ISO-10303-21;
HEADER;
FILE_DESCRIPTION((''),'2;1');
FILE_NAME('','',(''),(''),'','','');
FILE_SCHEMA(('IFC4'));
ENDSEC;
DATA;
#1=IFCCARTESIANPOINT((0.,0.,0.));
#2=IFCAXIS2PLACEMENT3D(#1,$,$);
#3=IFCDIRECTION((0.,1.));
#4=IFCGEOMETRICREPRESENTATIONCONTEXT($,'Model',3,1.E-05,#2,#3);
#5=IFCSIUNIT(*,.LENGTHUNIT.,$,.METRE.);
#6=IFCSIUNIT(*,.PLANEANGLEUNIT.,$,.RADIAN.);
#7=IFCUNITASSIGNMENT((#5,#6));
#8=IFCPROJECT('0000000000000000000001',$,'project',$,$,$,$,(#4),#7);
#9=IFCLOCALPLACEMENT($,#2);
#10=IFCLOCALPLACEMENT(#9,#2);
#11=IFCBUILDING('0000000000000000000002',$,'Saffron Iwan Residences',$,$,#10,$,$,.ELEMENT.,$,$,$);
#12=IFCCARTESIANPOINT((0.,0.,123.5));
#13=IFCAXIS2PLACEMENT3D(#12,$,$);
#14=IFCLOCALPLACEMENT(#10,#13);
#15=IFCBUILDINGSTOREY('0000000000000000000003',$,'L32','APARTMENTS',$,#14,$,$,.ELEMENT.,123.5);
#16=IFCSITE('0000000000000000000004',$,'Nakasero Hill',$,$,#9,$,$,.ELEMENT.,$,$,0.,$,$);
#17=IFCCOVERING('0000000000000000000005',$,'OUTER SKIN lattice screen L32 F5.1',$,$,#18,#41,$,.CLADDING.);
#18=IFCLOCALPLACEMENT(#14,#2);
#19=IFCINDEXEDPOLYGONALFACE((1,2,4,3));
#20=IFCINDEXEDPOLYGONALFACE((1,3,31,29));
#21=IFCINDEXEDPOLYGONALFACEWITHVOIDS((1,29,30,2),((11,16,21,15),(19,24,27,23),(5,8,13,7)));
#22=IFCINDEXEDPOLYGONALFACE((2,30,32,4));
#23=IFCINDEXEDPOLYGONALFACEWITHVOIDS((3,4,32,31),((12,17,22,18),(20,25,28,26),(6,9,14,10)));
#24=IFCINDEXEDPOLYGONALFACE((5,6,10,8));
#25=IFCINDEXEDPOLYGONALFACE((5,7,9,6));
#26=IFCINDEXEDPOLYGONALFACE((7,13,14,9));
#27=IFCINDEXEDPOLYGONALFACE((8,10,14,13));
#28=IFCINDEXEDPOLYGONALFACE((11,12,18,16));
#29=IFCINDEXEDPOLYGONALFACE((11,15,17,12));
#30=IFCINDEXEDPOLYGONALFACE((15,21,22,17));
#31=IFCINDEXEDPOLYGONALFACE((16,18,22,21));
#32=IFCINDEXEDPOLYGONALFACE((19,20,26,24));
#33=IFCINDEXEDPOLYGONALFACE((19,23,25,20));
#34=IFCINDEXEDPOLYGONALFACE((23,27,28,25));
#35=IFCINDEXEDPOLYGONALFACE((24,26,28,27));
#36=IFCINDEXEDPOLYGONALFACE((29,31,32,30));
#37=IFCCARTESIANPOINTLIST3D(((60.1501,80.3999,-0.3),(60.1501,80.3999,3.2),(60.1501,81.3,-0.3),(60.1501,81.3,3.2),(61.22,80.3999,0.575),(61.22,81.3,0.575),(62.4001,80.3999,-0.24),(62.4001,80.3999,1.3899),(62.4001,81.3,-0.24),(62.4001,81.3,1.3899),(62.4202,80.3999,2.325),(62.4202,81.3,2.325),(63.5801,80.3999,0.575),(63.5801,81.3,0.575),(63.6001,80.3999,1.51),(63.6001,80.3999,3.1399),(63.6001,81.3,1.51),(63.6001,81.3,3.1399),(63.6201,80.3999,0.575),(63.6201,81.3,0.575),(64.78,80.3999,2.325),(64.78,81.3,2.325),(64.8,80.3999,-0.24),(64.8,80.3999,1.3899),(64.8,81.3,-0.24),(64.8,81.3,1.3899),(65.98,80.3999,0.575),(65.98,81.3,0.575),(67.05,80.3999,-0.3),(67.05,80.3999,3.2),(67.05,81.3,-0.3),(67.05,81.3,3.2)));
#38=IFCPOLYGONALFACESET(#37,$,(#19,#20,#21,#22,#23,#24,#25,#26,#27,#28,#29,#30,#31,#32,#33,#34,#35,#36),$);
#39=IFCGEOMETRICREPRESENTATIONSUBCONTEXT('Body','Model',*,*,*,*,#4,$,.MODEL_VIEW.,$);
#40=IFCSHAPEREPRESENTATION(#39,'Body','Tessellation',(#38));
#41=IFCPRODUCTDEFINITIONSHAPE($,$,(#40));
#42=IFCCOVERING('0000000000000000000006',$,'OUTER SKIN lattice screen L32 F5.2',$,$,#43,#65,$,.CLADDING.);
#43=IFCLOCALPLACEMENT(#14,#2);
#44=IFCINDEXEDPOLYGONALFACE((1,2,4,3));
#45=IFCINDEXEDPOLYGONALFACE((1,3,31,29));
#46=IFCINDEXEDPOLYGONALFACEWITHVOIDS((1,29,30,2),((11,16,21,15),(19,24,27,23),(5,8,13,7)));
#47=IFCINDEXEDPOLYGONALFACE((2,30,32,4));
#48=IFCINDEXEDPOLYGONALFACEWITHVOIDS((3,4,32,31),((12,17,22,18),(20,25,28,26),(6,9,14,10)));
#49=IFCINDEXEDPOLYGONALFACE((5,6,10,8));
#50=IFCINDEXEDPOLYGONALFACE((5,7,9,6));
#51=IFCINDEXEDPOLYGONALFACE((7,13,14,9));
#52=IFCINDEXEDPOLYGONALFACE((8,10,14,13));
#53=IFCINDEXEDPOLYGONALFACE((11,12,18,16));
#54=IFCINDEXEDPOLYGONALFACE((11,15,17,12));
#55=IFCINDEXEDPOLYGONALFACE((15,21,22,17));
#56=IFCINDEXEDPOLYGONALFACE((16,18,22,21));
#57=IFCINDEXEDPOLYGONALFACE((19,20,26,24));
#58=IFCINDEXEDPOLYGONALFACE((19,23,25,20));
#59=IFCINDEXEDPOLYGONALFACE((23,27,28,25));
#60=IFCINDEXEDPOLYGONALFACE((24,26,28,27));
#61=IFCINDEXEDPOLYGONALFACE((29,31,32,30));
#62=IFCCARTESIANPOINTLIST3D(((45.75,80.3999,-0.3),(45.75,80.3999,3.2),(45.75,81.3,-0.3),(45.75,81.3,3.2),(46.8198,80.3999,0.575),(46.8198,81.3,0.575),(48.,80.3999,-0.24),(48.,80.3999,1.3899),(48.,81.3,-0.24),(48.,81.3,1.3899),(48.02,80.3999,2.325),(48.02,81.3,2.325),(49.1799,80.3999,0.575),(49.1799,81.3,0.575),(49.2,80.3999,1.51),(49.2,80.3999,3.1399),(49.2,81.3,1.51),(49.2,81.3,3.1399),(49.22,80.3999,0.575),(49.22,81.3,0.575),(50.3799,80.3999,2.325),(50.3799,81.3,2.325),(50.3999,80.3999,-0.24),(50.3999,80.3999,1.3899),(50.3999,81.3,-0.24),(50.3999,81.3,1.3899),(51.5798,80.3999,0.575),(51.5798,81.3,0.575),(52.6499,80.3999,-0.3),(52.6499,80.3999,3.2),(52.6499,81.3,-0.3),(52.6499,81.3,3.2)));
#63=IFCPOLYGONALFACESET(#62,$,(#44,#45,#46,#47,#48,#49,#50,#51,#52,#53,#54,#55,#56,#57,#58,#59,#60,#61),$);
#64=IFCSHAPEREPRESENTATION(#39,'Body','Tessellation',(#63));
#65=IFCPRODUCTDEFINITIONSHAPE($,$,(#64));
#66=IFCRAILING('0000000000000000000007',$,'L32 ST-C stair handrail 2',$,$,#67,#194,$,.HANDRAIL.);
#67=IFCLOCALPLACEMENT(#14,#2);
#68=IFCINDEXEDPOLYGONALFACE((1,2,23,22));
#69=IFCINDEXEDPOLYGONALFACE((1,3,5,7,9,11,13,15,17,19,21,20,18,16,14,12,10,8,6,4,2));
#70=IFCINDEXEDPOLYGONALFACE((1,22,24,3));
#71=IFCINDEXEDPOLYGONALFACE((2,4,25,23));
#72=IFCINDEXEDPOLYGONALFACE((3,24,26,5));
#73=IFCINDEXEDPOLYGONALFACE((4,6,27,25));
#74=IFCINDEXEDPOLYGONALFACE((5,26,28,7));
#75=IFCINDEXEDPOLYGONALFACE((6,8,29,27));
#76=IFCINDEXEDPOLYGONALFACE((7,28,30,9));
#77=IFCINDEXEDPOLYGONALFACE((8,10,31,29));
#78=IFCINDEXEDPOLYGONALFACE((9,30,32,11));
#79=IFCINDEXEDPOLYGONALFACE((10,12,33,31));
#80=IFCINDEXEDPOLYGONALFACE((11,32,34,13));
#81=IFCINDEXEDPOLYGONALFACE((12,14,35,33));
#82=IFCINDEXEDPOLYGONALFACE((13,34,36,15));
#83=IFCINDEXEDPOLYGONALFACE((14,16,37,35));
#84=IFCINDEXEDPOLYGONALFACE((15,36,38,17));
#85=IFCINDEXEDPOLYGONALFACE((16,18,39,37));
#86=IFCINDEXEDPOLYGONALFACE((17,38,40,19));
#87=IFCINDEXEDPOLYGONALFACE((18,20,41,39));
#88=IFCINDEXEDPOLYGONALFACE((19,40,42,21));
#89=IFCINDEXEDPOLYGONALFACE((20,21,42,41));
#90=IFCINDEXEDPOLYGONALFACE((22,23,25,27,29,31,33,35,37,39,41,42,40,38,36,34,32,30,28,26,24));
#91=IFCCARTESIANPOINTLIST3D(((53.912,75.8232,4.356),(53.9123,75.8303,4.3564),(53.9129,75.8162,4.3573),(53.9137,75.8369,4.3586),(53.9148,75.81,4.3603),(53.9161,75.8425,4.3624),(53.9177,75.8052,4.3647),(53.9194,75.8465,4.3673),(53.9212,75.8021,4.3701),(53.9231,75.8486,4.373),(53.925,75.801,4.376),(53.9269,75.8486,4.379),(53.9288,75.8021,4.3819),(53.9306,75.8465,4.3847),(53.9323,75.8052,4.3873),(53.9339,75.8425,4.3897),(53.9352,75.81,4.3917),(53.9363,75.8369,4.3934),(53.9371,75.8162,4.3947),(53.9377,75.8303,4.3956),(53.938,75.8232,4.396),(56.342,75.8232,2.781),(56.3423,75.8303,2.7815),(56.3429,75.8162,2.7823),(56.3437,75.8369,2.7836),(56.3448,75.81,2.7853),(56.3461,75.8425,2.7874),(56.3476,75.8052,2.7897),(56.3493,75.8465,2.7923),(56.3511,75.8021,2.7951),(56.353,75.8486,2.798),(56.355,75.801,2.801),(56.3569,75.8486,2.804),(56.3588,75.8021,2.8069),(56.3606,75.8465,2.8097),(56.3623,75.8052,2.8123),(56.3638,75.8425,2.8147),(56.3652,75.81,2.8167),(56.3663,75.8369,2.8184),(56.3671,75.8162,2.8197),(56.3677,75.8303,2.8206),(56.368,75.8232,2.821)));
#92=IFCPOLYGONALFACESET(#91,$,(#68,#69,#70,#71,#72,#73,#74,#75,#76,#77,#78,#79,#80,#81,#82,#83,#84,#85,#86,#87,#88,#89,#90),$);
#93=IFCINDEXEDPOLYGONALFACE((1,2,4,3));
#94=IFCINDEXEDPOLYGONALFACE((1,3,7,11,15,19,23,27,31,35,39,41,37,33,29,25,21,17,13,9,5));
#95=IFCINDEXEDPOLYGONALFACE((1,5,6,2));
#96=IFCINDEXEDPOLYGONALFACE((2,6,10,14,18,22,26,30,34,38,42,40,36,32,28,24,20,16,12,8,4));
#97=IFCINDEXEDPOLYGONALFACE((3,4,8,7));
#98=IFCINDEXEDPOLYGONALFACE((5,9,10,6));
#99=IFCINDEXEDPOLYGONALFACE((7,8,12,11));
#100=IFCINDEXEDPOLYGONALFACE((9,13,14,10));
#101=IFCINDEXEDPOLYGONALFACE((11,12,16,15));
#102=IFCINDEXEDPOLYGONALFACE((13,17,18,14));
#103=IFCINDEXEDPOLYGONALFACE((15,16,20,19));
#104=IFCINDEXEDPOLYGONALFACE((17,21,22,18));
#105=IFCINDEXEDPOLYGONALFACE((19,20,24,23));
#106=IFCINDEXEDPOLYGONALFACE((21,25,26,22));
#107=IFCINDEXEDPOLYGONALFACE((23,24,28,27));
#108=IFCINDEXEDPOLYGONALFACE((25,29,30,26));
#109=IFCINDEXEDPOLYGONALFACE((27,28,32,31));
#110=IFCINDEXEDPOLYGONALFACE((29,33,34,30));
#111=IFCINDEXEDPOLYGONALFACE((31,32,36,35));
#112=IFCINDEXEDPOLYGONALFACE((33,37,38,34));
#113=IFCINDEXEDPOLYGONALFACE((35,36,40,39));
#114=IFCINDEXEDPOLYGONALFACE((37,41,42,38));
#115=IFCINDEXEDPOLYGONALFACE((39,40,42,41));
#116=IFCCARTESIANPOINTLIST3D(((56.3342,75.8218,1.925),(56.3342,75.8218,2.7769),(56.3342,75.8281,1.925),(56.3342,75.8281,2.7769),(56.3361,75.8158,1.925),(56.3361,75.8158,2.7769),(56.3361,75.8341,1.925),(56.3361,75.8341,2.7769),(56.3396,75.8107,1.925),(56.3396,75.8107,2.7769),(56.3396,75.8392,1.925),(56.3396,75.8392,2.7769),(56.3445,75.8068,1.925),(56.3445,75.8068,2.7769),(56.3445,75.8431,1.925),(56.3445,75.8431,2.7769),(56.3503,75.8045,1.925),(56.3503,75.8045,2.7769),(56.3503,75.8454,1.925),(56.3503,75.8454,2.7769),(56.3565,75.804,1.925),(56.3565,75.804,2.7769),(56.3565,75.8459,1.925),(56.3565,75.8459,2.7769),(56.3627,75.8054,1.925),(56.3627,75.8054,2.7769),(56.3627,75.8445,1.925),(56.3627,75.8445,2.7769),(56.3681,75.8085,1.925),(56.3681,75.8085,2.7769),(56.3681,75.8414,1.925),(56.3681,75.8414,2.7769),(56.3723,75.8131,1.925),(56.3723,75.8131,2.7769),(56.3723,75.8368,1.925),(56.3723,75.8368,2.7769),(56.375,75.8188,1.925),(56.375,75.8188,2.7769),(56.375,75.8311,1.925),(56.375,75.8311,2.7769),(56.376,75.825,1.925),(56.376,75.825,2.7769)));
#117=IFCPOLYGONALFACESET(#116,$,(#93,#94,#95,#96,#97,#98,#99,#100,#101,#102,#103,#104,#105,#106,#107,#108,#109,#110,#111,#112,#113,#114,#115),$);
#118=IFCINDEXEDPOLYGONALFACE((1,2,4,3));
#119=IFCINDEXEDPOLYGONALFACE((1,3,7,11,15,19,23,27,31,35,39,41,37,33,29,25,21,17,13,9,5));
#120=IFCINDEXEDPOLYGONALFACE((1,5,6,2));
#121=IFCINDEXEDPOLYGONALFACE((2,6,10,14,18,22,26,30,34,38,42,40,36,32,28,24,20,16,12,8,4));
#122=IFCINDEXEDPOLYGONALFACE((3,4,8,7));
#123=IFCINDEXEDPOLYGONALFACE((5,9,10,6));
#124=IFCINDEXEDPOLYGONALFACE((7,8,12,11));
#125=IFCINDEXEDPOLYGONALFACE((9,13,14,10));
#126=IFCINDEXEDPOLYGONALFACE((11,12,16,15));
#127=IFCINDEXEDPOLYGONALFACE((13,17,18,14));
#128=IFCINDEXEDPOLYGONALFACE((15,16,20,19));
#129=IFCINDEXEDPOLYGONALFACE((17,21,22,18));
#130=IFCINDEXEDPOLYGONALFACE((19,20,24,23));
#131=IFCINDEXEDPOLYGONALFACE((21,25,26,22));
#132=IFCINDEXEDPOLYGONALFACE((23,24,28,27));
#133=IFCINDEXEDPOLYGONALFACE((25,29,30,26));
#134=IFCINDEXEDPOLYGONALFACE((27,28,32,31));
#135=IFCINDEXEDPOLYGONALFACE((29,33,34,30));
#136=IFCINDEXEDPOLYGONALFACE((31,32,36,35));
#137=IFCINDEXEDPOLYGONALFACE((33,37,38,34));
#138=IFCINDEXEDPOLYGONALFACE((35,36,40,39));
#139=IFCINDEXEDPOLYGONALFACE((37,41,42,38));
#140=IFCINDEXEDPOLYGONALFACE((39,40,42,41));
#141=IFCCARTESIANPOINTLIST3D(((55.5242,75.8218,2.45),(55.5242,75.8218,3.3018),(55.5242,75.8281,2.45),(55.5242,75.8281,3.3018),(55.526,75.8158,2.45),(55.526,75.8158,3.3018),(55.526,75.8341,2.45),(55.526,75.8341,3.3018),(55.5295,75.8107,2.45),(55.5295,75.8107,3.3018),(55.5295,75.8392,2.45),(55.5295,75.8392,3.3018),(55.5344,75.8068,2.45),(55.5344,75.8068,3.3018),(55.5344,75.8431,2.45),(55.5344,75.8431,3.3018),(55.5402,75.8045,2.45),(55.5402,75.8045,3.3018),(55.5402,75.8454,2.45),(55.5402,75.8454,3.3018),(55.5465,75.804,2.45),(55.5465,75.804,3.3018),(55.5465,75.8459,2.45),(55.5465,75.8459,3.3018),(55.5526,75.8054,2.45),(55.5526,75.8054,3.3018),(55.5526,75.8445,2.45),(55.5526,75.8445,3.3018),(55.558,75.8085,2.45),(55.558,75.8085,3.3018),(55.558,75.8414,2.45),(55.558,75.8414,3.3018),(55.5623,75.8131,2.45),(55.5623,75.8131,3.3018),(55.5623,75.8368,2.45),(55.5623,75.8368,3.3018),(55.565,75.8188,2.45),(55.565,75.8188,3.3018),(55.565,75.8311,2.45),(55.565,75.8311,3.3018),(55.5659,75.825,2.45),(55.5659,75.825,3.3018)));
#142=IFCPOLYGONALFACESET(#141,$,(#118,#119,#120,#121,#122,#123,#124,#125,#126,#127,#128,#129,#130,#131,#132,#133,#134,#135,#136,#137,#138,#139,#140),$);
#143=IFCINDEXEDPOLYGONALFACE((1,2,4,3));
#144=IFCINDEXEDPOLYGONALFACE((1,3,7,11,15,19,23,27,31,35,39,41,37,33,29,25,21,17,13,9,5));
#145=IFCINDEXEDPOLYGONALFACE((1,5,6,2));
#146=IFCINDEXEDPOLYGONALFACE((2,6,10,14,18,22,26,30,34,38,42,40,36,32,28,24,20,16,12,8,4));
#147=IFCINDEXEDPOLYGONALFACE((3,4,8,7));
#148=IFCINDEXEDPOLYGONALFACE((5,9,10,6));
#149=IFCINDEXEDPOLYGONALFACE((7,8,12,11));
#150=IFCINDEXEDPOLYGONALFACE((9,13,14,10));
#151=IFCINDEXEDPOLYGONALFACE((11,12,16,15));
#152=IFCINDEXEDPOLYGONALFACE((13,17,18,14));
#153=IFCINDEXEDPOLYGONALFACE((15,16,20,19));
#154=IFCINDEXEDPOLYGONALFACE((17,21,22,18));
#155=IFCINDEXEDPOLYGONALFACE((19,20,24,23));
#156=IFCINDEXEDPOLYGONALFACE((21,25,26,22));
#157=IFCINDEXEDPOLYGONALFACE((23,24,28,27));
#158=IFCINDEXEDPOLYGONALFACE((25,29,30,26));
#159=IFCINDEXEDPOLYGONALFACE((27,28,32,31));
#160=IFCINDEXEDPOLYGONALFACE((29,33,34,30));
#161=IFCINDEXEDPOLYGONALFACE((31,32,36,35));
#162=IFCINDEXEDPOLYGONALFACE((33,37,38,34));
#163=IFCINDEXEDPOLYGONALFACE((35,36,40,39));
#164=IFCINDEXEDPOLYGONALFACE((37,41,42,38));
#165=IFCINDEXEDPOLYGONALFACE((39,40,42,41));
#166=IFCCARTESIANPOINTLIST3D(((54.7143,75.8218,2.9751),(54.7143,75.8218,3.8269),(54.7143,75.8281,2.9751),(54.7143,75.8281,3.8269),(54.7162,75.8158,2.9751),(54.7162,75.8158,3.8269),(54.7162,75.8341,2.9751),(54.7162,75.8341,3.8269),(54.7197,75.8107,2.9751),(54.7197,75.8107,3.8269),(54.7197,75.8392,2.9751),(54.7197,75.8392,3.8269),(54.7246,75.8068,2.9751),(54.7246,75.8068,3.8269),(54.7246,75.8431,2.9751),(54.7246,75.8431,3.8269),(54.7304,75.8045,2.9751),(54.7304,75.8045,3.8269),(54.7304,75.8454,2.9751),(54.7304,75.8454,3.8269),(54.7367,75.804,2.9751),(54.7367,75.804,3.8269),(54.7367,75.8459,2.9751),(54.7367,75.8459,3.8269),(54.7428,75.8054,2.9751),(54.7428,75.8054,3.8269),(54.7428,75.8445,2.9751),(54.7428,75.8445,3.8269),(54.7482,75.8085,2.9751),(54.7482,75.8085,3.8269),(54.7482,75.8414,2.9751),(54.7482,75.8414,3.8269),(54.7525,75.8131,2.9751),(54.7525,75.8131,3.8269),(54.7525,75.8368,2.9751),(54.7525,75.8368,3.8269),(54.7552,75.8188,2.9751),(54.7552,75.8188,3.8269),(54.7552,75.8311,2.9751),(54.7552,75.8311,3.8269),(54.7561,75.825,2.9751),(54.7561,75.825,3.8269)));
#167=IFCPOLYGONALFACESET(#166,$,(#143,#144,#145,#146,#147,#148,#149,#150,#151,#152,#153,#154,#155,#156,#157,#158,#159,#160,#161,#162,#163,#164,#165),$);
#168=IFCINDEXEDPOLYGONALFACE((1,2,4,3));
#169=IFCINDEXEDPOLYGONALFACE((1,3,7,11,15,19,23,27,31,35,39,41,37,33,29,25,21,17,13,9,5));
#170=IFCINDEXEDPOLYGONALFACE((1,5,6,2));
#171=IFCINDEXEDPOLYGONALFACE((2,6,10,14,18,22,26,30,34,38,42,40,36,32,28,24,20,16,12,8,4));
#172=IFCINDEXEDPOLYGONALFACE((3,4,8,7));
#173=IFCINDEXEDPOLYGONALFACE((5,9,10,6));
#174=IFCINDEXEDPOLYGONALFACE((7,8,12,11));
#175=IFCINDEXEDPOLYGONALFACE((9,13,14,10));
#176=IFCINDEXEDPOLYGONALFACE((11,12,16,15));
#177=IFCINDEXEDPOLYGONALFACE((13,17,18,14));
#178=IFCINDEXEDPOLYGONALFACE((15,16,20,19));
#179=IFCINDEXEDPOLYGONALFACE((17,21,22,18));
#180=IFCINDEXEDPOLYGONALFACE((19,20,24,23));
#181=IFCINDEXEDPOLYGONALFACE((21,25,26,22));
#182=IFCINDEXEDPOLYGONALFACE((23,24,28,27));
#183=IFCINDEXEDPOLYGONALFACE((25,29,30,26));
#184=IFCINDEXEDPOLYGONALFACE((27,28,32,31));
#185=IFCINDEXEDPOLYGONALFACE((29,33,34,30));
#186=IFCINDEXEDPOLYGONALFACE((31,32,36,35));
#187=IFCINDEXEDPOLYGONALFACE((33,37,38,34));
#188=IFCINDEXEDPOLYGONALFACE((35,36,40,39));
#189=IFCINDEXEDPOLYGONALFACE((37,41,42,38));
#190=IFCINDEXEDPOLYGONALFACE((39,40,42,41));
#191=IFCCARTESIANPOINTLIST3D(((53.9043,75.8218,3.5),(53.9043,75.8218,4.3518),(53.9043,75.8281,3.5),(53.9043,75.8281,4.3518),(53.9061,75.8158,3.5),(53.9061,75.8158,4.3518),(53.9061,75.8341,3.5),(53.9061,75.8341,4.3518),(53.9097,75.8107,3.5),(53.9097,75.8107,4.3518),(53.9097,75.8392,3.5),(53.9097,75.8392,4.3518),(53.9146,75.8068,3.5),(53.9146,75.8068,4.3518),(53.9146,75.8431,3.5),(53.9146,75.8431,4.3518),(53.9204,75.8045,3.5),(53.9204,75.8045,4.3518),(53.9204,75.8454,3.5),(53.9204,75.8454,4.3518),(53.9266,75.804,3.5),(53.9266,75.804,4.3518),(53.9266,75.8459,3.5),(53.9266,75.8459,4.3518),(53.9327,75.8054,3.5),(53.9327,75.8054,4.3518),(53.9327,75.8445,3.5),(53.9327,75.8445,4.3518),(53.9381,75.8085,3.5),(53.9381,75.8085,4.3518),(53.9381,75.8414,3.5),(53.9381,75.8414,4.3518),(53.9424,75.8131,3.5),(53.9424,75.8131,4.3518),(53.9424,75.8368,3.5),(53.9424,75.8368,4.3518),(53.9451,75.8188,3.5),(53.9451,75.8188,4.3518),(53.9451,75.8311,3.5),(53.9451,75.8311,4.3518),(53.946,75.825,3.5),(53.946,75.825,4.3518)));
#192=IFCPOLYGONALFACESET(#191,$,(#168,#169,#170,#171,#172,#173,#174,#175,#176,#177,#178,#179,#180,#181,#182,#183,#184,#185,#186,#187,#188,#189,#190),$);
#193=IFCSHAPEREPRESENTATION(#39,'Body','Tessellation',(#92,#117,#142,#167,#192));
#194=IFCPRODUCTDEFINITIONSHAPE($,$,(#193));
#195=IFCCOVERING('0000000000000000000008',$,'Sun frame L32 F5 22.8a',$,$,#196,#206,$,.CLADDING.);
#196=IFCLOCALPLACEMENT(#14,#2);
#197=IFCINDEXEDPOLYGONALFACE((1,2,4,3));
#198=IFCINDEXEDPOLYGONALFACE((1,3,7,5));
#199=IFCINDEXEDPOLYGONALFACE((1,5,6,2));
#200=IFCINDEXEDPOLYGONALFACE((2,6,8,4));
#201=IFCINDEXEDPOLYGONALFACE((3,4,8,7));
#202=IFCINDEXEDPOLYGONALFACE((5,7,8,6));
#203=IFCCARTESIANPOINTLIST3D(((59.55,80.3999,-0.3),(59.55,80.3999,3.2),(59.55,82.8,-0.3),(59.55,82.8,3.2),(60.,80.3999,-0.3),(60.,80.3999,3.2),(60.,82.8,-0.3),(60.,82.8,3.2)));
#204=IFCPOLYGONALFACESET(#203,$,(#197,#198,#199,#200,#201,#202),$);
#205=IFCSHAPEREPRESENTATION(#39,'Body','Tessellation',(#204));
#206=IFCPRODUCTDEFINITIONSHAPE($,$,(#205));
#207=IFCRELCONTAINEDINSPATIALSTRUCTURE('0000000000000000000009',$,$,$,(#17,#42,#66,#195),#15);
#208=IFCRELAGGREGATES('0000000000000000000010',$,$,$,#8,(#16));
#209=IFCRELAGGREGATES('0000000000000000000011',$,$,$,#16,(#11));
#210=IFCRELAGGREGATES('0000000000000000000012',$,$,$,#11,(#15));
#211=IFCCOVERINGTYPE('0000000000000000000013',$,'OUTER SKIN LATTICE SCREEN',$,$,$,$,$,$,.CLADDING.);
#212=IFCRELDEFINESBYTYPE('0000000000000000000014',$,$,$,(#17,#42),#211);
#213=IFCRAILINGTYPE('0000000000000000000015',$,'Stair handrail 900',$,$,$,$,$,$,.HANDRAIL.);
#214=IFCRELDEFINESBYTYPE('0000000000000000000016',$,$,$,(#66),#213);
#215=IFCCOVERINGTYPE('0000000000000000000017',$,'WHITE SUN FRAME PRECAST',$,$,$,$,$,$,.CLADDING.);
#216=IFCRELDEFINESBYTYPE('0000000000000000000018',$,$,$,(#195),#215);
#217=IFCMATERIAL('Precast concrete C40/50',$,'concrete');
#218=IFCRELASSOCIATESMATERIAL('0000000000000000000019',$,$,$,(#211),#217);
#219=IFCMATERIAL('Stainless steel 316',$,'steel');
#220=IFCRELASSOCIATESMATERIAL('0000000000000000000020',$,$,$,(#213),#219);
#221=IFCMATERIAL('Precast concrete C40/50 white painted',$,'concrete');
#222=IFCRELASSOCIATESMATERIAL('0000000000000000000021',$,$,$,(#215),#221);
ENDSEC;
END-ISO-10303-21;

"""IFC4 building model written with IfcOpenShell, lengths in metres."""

from ifc_helpers import new_model, si_unit, direction, frame, origin, origin_2d, place, context, subcontext, project, spatial, polyline, circle, outline, extrude, material, type_object, element, save


model = new_model("IFC4")

# Units and contexts
model_context = context("Model", 3, precision=1e-05, world=origin(), true_north=direction((0.0, 1.0)))
body_context = subcontext(model_context, "Body", "Model", "MODEL_VIEW")
ifc_project = project(units=[si_unit("LENGTHUNIT", "METRE"), si_unit("PLANEANGLEUNIT", "RADIAN")], contexts=[model_context])

# Site, building, storey
site_placement = place(None, origin())
site = spatial("IfcSite", under=ifc_project, at=site_placement, Name="Nakasero Hill", CompositionType="ELEMENT", RefElevation=0.0)
building_placement = place(site_placement, origin())
building = spatial("IfcBuilding", under=site, at=building_placement, Name="Saffron Iwan Residences", CompositionType="ELEMENT")
storey_placement = place(building_placement, frame((0.0, 0.0, 123.5)))
storey = spatial("IfcBuildingStorey", under=building, at=storey_placement, Name="L32", Description="APARTMENTS", CompositionType="ELEMENT", Elevation=123.5)

# Coverings
ifc_material_1 = material(Name="Precast concrete C40/50", Category="concrete")
covering_type_1 = type_object("IfcCoveringType", Name="OUTER SKIN LATTICE SCREEN", PredefinedType="CLADDING", material=ifc_material_1)
for number, where, z_axis, x_axis, name in (
    (1, (67.05, 80.3999, -0.3), (0.0, 1.0, 0.0), (-1.0, 0.0, 0.0), "OUTER SKIN lattice screen L32 F5.1"),
    (2, (52.6499, 80.3999, -0.3), (0.0, 1.0, 0.0), (-1.0, 0.0, 0.0), "OUTER SKIN lattice screen L32 F5.2"),
):
    element("IfcCovering", number, at=place(storey_placement, frame(where, z_axis=z_axis, x_axis=x_axis)), inside=storey, type_object=covering_type_1, Name=name, PredefinedType="CLADDING", context=body_context, shape_type="SweptSolid", body=[
        extrude(outline(polyline([(0.0, 0.0), (6.8999, 0.0), (6.8999, 3.5), (0.0, 3.5), (0.0, 0.0)]), holes=[polyline([(1.0701, 0.875), (2.25, 0.0601), (3.4299, 0.875), (2.25, 1.6899), (1.0701, 0.875)]), polyline([(3.47, 0.875), (4.6499, 0.0601), (5.8301, 0.875), (4.6499, 1.6899), (3.47, 0.875)]), polyline([(2.27, 2.625), (3.45, 1.8101), (4.6299, 2.625), (3.45, 3.4399), (2.27, 2.625)])]), origin(), (0.0, 0.0, 1.0), 0.9001),
    ])

# Railing
ifc_material_2 = material(Name="Stainless steel 316", Category="steel")
railing_type = type_object("IfcRailingType", Name="Stair handrail 900", PredefinedType="HANDRAIL", material=ifc_material_2)
railing_placement = place(storey_placement, frame((56.355, 75.825, 1.925)))
element("IfcRailing", 3, at=railing_placement, inside=storey, type_object=railing_type, Name="L32 ST-C stair handrail 2", PredefinedType="HANDRAIL", context=body_context, shape_type="SweptSolid", body=[
    extrude(circle(Radius=0.0239, at=origin_2d()), frame((0.0, 0.0, 0.876), z_axis=(-0.839154, 0.0, 0.543894), x_axis=(0.0, -1.0, 0.0)), (0.0, 0.0, 1.0), 2.8958),
    extrude(circle(Radius=0.021, at=origin_2d()), origin(), (0.0, 0.0, 1.0), 0.8518),
    extrude(circle(Radius=0.021, at=origin_2d()), frame((-0.8101, 0.0, 0.5249)), (0.0, 0.0, 1.0), 0.8518),
    extrude(circle(Radius=0.021, at=origin_2d()), frame((-1.6199, 0.0, 1.05)), (0.0, 0.0, 1.0), 0.8518),
    extrude(circle(Radius=0.021, at=origin_2d()), frame((-2.4299, 0.0, 1.575)), (0.0, 0.0, 1.0), 0.8518),
])

# Covering
ifc_material_3 = material(Name="Precast concrete C40/50 white painted", Category="concrete")
covering_type_2 = type_object("IfcCoveringType", Name="WHITE SUN FRAME PRECAST", PredefinedType="CLADDING", material=ifc_material_3)
for number, where, z_axis, x_axis, name in (
    (4, (60.0, 80.3999, -0.3), (0.0, 1.0, 0.0), (-1.0, 0.0, 0.0), "Sun frame L32 F5 22.8a"),
):
    element("IfcCovering", number, at=place(storey_placement, frame(where, z_axis=z_axis, x_axis=x_axis)), inside=storey, type_object=covering_type_2, Name=name, PredefinedType="CLADDING", context=body_context, shape_type="SweptSolid", body=[
        extrude(outline(polyline([(0.0, 0.0), (0.45, 0.0), (0.45, 3.5), (0.0, 3.5), (0.0, 0.0)])), origin(), (0.0, 0.0, 1.0), 2.4001),
    ])

save(model, "model.ifc")
